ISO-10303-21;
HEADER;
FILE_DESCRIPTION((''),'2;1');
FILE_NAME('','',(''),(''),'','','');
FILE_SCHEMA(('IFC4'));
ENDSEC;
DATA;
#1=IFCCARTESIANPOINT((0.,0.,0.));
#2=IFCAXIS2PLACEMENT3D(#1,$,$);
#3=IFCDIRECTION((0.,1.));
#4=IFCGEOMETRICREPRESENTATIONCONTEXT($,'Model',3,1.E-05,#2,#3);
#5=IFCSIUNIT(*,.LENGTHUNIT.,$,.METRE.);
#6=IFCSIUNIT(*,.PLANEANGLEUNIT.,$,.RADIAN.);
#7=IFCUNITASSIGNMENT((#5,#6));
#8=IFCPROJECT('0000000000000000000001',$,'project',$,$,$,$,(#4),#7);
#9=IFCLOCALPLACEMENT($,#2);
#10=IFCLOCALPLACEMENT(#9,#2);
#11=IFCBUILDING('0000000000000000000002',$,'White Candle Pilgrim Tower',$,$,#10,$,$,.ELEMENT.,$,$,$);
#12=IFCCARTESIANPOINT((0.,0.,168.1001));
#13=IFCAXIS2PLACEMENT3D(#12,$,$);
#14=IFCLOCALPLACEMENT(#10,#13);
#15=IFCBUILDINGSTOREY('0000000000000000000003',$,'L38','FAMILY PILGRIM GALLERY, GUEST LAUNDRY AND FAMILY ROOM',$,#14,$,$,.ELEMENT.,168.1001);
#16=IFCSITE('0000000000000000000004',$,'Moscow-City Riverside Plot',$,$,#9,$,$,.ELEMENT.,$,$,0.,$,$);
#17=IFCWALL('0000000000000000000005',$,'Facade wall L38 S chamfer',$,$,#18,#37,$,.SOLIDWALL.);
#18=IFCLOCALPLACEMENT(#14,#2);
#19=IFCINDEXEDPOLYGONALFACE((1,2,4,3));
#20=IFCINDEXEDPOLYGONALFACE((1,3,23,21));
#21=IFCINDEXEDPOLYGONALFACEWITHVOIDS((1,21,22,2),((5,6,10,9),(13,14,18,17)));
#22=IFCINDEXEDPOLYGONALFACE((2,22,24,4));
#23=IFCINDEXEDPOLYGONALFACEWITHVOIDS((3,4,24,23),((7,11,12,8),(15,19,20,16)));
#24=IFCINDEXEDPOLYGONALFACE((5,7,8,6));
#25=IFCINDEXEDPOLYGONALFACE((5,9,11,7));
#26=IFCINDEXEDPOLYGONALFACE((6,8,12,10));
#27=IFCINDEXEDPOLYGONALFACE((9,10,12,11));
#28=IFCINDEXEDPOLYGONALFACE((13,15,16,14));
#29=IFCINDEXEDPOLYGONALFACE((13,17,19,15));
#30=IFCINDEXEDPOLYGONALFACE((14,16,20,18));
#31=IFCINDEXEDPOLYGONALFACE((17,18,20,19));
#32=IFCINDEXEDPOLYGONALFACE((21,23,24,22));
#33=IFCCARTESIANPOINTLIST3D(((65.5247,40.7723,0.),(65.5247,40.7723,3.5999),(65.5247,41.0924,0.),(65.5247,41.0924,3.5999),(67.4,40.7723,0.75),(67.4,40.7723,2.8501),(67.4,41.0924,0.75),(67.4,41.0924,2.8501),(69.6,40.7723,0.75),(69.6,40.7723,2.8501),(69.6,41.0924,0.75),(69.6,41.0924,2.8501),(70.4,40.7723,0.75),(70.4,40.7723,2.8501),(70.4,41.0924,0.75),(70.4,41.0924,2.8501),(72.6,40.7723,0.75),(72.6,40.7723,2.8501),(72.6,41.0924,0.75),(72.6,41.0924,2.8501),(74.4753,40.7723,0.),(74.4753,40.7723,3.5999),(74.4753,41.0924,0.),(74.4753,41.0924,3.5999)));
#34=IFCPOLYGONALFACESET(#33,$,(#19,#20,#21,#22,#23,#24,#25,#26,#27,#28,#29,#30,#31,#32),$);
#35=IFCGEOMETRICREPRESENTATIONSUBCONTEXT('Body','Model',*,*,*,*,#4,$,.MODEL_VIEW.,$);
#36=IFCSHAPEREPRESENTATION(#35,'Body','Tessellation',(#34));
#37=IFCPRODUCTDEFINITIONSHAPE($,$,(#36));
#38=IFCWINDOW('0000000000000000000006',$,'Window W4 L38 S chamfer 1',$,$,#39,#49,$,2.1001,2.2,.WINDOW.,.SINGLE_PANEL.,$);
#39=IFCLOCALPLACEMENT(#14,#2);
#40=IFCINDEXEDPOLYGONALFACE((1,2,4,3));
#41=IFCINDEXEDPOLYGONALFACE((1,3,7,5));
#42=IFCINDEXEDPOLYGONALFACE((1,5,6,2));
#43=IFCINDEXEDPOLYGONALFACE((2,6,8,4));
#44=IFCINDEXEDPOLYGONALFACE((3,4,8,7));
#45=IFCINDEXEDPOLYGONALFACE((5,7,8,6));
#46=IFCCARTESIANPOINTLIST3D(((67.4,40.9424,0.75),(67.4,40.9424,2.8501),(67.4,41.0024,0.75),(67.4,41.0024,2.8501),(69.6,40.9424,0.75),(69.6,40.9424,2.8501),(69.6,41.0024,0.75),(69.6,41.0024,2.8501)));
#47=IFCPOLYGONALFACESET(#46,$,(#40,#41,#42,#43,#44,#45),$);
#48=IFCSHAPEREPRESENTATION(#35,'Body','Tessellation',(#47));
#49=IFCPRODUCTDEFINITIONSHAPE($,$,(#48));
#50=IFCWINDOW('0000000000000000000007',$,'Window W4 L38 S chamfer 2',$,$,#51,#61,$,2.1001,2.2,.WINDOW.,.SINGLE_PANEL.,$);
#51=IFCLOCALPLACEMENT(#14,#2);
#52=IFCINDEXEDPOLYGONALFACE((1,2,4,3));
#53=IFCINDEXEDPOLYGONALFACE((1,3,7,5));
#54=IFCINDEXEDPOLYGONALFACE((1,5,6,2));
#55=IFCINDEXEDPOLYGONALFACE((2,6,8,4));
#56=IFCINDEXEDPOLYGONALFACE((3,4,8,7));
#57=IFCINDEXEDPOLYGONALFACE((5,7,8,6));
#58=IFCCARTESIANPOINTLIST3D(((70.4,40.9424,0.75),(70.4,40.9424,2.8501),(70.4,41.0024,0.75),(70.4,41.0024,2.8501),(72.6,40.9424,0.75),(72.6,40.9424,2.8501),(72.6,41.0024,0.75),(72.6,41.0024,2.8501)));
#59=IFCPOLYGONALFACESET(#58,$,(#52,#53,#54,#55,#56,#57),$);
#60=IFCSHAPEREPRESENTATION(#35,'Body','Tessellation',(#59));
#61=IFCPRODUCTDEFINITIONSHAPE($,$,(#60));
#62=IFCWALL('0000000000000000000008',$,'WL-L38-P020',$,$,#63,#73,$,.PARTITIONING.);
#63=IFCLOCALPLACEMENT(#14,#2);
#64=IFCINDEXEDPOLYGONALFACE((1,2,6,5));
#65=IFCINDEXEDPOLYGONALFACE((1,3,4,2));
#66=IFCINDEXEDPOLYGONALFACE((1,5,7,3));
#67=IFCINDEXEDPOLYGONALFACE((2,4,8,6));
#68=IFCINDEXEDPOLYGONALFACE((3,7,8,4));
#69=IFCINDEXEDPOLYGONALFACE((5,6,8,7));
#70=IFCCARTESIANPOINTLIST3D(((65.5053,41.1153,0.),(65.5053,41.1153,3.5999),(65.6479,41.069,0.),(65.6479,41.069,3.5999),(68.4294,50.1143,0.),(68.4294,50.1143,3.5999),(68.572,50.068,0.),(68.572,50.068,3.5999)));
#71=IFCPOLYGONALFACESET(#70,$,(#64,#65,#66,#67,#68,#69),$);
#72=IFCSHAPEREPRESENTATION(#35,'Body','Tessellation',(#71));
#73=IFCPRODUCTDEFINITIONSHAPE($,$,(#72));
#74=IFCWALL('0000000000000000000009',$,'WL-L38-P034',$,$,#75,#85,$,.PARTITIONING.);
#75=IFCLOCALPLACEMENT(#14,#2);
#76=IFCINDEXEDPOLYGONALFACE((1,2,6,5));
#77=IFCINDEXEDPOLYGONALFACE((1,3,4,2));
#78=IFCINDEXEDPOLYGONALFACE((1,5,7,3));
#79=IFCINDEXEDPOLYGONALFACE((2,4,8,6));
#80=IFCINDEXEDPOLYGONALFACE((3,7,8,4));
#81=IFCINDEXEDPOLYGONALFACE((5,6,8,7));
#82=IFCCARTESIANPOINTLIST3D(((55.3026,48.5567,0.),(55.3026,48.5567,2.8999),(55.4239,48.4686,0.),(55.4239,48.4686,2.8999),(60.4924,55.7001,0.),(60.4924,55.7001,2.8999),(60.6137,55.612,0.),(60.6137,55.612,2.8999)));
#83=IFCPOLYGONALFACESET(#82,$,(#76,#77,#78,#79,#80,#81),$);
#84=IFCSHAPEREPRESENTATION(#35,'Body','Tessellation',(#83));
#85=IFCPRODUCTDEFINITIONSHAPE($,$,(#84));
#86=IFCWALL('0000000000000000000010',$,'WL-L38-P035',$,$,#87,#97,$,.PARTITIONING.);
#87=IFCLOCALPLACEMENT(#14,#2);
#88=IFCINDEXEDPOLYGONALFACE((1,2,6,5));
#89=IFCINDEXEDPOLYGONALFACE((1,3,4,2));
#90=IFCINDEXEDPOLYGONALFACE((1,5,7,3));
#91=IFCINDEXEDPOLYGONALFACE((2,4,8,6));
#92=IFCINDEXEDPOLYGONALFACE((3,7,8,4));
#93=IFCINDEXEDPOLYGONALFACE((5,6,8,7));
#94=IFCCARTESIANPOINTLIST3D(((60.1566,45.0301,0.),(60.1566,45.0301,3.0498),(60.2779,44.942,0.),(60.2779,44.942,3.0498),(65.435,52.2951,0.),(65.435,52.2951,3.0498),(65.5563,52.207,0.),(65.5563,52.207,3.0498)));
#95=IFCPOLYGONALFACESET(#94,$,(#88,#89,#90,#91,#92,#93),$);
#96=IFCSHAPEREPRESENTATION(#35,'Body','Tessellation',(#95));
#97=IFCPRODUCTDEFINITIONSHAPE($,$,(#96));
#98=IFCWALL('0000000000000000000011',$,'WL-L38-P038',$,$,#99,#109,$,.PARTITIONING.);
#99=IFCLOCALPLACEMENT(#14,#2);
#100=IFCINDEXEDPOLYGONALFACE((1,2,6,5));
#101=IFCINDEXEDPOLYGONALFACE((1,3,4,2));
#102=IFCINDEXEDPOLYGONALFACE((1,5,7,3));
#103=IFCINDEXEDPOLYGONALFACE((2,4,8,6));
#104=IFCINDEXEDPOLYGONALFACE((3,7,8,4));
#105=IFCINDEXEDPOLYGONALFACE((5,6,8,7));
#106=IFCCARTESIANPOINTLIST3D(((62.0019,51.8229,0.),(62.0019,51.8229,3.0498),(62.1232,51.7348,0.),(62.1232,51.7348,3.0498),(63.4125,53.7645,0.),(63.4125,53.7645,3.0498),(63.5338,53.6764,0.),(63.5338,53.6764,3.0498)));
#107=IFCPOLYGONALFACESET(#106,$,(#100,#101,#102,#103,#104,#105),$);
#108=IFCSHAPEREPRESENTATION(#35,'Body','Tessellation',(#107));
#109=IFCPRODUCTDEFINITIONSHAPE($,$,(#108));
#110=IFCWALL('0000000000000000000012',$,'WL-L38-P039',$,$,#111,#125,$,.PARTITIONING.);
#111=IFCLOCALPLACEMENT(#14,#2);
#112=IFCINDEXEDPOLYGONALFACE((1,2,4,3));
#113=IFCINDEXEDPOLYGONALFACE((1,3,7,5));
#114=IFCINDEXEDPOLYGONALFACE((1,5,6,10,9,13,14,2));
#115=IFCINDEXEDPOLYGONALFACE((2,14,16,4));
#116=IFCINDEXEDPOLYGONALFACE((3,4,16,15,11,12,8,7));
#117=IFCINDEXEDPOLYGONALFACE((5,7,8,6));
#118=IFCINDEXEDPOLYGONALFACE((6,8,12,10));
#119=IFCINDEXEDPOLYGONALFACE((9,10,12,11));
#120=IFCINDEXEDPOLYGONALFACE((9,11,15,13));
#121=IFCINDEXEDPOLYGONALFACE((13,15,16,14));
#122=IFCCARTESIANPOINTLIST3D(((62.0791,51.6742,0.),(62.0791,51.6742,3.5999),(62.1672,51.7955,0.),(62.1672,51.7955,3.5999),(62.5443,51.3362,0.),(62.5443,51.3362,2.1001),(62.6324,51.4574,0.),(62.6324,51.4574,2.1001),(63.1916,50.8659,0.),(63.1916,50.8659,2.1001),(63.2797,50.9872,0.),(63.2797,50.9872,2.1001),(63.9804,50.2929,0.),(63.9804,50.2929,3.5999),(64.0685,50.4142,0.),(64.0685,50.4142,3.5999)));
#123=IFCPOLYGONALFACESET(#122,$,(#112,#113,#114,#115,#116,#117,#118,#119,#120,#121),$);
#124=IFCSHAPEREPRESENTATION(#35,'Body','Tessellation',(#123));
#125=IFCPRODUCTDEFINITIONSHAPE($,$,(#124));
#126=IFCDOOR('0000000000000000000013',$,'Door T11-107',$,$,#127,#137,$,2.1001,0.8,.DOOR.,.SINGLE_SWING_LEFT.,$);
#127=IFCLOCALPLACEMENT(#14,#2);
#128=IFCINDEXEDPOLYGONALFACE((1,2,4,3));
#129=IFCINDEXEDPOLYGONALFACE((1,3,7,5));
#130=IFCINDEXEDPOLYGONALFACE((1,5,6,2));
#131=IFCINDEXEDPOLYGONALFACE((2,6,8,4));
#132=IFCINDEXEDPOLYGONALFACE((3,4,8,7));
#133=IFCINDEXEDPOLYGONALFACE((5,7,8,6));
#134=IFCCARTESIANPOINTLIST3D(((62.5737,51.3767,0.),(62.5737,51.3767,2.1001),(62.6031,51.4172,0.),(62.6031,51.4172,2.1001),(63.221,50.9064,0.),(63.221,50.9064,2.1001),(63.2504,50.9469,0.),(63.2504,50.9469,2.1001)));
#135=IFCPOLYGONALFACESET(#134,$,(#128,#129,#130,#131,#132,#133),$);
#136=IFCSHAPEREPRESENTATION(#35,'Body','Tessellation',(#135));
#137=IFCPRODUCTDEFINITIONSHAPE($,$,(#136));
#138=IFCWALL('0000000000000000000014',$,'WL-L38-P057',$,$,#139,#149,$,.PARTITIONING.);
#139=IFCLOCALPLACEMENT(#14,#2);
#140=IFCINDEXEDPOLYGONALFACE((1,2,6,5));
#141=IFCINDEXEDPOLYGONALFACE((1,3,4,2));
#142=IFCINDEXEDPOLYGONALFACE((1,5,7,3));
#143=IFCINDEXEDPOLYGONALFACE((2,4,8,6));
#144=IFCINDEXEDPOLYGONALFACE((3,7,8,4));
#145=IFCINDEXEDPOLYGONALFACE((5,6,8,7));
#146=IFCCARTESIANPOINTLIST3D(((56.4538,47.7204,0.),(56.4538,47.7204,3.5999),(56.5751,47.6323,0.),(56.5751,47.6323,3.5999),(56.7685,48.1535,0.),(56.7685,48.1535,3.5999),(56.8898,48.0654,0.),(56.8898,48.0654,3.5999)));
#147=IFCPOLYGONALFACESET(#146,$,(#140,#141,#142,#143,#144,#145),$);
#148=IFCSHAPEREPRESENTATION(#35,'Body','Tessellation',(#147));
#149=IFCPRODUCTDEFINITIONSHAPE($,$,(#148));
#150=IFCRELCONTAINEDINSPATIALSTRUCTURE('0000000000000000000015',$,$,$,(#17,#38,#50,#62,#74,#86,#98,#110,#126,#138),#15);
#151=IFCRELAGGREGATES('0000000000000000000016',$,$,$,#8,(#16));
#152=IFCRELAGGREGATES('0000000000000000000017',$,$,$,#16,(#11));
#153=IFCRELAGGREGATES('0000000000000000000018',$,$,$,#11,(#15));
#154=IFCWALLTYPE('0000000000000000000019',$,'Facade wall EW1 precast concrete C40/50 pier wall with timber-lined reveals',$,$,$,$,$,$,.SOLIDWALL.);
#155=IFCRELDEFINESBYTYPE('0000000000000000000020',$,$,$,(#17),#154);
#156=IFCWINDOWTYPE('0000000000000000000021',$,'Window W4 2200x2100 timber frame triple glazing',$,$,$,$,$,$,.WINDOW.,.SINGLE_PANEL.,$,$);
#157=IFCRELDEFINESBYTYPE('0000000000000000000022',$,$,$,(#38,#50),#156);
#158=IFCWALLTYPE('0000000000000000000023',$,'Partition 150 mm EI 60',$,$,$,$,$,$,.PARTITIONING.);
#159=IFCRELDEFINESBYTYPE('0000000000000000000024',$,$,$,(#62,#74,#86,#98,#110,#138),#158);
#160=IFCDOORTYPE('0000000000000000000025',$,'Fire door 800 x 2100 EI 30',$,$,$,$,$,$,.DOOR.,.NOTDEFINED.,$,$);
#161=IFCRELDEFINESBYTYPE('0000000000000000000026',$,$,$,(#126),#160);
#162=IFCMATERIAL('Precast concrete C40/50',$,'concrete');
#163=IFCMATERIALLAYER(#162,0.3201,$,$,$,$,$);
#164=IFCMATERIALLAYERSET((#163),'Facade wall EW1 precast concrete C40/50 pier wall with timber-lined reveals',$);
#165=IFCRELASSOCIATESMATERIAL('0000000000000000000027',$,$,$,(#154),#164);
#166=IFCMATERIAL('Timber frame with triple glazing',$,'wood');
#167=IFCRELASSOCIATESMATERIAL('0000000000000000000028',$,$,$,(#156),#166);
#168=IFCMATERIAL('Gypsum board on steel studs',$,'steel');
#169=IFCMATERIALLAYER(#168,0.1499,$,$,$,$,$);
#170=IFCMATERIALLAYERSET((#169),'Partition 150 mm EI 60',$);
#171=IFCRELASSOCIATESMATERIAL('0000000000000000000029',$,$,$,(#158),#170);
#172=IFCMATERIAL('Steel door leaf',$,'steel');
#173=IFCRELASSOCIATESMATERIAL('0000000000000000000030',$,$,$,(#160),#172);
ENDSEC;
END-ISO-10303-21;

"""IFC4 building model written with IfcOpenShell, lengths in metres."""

from ifc_helpers import new_model, si_unit, direction, frame, frame_2d, origin, place, context, subcontext, project, spatial, rectangle, extrude, material, layer, layer_set, type_object, element, fill, save


model = new_model("IFC4")

# Units and contexts
model_context = context("Model", 3, precision=1e-05, world=origin(), true_north=direction((0.0, 1.0)))
body_context = subcontext(model_context, "Body", "Model", "MODEL_VIEW")
ifc_project = project(units=[si_unit("LENGTHUNIT", "METRE"), si_unit("PLANEANGLEUNIT", "RADIAN")], contexts=[model_context])

# Site, building, storey
site_placement = place(None, origin())
site = spatial("IfcSite", under=ifc_project, at=site_placement, Name="Moscow-City Riverside Plot", CompositionType="ELEMENT", RefElevation=0.0)
building_placement = place(site_placement, origin())
building = spatial("IfcBuilding", under=site, at=building_placement, Name="White Candle Pilgrim Tower", CompositionType="ELEMENT")
storey_placement = place(building_placement, frame((0.0, 0.0, 168.1001)))
storey = spatial("IfcBuildingStorey", under=building, at=storey_placement, Name="L38", Description="FAMILY PILGRIM GALLERY, GUEST LAUNDRY AND FAMILY ROOM", CompositionType="ELEMENT", Elevation=168.1001)

# Wall, openings, windows
ifc_material_1 = material(Name="Precast concrete C40/50", Category="concrete")
ifc_layer_1 = layer(ifc_material_1, 0.3201)
ifc_layer_set_1 = layer_set([ifc_layer_1], Name="Facade wall EW1 precast concrete C40/50 pier wall with timber-lined reveals")
wall_type_1 = type_object("IfcWallType", Name="Facade wall EW1 precast concrete C40/50 pier wall with timber-lined reveals", PredefinedType="SOLIDWALL", material=ifc_layer_set_1)
wall_1_placement = place(storey_placement, frame((65.5247, 40.9324, 0.0), z_axis=(0.0, 0.0, 1.0), x_axis=(1.0, 0.0, 0.0)))
wall_1 = element("IfcWall", 1, at=wall_1_placement, inside=storey, type_object=wall_type_1, Name="Facade wall L38 S chamfer", PredefinedType="SOLIDWALL", context=body_context, shape_type="SweptSolid", body=[
    extrude(rectangle(XDim=8.9507, YDim=0.3201, at=frame_2d((4.4753, 0.0))), origin(), (0.0, 0.0, 1.0), 3.5999),
])
opening_1_placement = place(wall_1_placement, frame((1.8752, 0.0, 0.75)))
opening_1 = element("IfcOpeningElement", 2, at=opening_1_placement, cuts=wall_1, PredefinedType="OPENING", context=body_context, shape_type="SweptSolid", body=[
    extrude(rectangle(XDim=2.2, YDim=2.1001, at=frame_2d((1.1001, 1.05))), frame((0.0, 0.1699, 0.0), z_axis=(0.0, -1.0, 0.0), x_axis=(1.0, 0.0, 0.0)), (0.0, 0.0, 1.0), 0.3401),
])
opening_2_placement = place(wall_1_placement, frame((4.8752, 0.0, 0.75)))
opening_2 = element("IfcOpeningElement", 3, at=opening_2_placement, cuts=wall_1, PredefinedType="OPENING", context=body_context, shape_type="SweptSolid", body=[
    extrude(rectangle(XDim=2.2, YDim=2.1001, at=frame_2d((1.1001, 1.05))), frame((0.0, 0.1699, 0.0), z_axis=(0.0, -1.0, 0.0), x_axis=(1.0, 0.0, 0.0)), (0.0, 0.0, 1.0), 0.3401),
])
ifc_material_2 = material(Name="Timber frame with triple glazing", Category="wood")
window_type = type_object("IfcWindowType", Name="Window W4 2200x2100 timber frame triple glazing", PartitioningType="SINGLE_PANEL", PredefinedType="WINDOW", material=ifc_material_2)
window_1_placement = place(opening_1_placement, origin())
window_1 = element("IfcWindow", 4, at=window_1_placement, inside=storey, type_object=window_type, Name="Window W4 L38 S chamfer 1", OverallHeight=2.1001, OverallWidth=2.2, PartitioningType="SINGLE_PANEL", PredefinedType="WINDOW", context=body_context, shape_type="SweptSolid", body=[
    extrude(rectangle(XDim=2.2, YDim=2.1001, at=frame_2d((1.1001, 1.05))), frame((0.0, 0.0701, 0.0), z_axis=(0.0, -1.0, 0.0), x_axis=(1.0, 0.0, 0.0)), (0.0, 0.0, 1.0), 0.0601),
])
fill(opening_1, window_1)
window_2_placement = place(opening_2_placement, origin())
window_2 = element("IfcWindow", 5, at=window_2_placement, inside=storey, type_object=window_type, Name="Window W4 L38 S chamfer 2", OverallHeight=2.1001, OverallWidth=2.2, PartitioningType="SINGLE_PANEL", PredefinedType="WINDOW", context=body_context, shape_type="SweptSolid", body=[
    extrude(rectangle(XDim=2.2, YDim=2.1001, at=frame_2d((1.1001, 1.05))), frame((0.0, 0.0701, 0.0), z_axis=(0.0, -1.0, 0.0), x_axis=(1.0, 0.0, 0.0)), (0.0, 0.0, 1.0), 0.0601),
])
fill(opening_2, window_2)

# Walls
ifc_material_3 = material(Name="Gypsum board on steel studs", Category="steel")
ifc_layer_2 = layer(ifc_material_3, 0.1499)
ifc_layer_set_2 = layer_set([ifc_layer_2], Name="Partition 150 mm EI 60")
wall_type_2 = type_object("IfcWallType", Name="Partition 150 mm EI 60", PredefinedType="PARTITIONING", material=ifc_layer_set_2)
wall_2_placement = place(storey_placement, frame((65.5767, 41.0923, 0.0), z_axis=(0.0, 0.0, 1.0), x_axis=(0.309028, 0.951053, 0.0)))
element("IfcWall", 6, at=wall_2_placement, inside=storey, type_object=wall_type_2, Name="WL-L38-P020", PredefinedType="PARTITIONING", context=body_context, shape_type="SweptSolid", body=[
    extrude(rectangle(XDim=9.4622, YDim=0.1499, at=frame_2d((4.731, 0.0))), origin(), (0.0, 0.0, 1.0), 3.5999),
])
wall_3_placement = place(storey_placement, frame((55.3633, 48.5127, 0.0), z_axis=(0.0, 0.0, 1.0), x_axis=(0.587769, 0.809029, 0.0)))
element("IfcWall", 7, at=wall_3_placement, inside=storey, type_object=wall_type_2, Name="WL-L38-P034", PredefinedType="PARTITIONING", context=body_context, shape_type="SweptSolid", body=[
    extrude(rectangle(XDim=8.8296, YDim=0.1499, at=frame_2d((4.4148, 0.0))), origin(), (0.0, 0.0, 1.0), 2.8999),
])
wall_4_placement = place(storey_placement, frame((60.2173, 44.9861, 0.0), z_axis=(0.0, 0.0, 1.0), x_axis=(0.58779, 0.809013, 0.0)))
element("IfcWall", 8, at=wall_4_placement, inside=storey, type_object=wall_type_2, Name="WL-L38-P035", PredefinedType="PARTITIONING", context=body_context, shape_type="SweptSolid", body=[
    extrude(rectangle(XDim=8.98, YDim=0.1499, at=frame_2d((4.49, 0.0))), origin(), (0.0, 0.0, 1.0), 3.0498),
])
wall_5_placement = place(storey_placement, frame((63.4731, 53.7205, 0.0), z_axis=(0.0, 0.0, 1.0), x_axis=(-0.587772, -0.809026, 0.0)))
element("IfcWall", 9, at=wall_5_placement, inside=storey, type_object=wall_type_2, Name="WL-L38-P038", PredefinedType="PARTITIONING", context=body_context, shape_type="SweptSolid", body=[
    extrude(rectangle(XDim=2.3999, YDim=0.1499, at=frame_2d((1.2, 0.0))), origin(), (0.0, 0.0, 1.0), 3.0498),
])

# Wall, opening, door
wall_6_placement = place(storey_placement, frame((64.0244, 50.3535, 0.0), z_axis=(0.0, 0.0, 1.0), x_axis=(-0.809032, 0.587764, 0.0)))
wall_6 = element("IfcWall", 10, at=wall_6_placement, inside=storey, type_object=wall_type_2, Name="WL-L38-P039", PredefinedType="PARTITIONING", context=body_context, shape_type="SweptSolid", body=[
    extrude(rectangle(XDim=2.3501, YDim=0.1499, at=frame_2d((1.175, 0.0))), origin(), (0.0, 0.0, 1.0), 3.5999),
])
opening_3_placement = place(wall_6_placement, frame((0.9751, 0.0, 0.0)))
opening_3 = element("IfcOpeningElement", 11, at=opening_3_placement, cuts=wall_6, PredefinedType="OPENING", context=body_context, shape_type="SweptSolid", body=[
    extrude(rectangle(XDim=0.8, YDim=2.1001, at=frame_2d((0.3999, 1.05))), frame((0.0, 0.085, 0.0), z_axis=(0.0, -1.0, 0.0), x_axis=(1.0, 0.0, 0.0)), (0.0, 0.0, 1.0), 0.1699),
])
ifc_material_4 = material(Name="Steel door leaf", Category="steel")
door_type = type_object("IfcDoorType", Name="Fire door 800 x 2100 EI 30", OperationType="NOTDEFINED", PredefinedType="DOOR", material=ifc_material_4)
door_placement = place(opening_3_placement, origin())
door = element("IfcDoor", 12, at=door_placement, inside=storey, type_object=door_type, Name="Door T11-107", OperationType="SINGLE_SWING_LEFT", OverallHeight=2.1001, OverallWidth=0.8, PredefinedType="DOOR", context=body_context, shape_type="SweptSolid", body=[
    extrude(rectangle(XDim=0.8, YDim=2.1001, at=frame_2d((0.3999, 1.05))), frame((0.0, 0.0249, 0.0), z_axis=(0.0, -1.0, 0.0), x_axis=(1.0, 0.0, 0.0)), (0.0, 0.0, 1.0), 0.05),
])
fill(opening_3, door)

# Wall
wall_7_placement = place(storey_placement, frame((56.8291, 48.1094, 0.0), z_axis=(0.0, 0.0, 1.0), x_axis=(-0.587819, -0.808992, 0.0)))
element("IfcWall", 13, at=wall_7_placement, inside=storey, type_object=wall_type_2, Name="WL-L38-P057", PredefinedType="PARTITIONING", context=body_context, shape_type="SweptSolid", body=[
    extrude(rectangle(XDim=0.5354, YDim=0.1499, at=frame_2d((0.2676, 0.0))), origin(), (0.0, 0.0, 1.0), 3.5999),
])

save(model, "model.ifc")
